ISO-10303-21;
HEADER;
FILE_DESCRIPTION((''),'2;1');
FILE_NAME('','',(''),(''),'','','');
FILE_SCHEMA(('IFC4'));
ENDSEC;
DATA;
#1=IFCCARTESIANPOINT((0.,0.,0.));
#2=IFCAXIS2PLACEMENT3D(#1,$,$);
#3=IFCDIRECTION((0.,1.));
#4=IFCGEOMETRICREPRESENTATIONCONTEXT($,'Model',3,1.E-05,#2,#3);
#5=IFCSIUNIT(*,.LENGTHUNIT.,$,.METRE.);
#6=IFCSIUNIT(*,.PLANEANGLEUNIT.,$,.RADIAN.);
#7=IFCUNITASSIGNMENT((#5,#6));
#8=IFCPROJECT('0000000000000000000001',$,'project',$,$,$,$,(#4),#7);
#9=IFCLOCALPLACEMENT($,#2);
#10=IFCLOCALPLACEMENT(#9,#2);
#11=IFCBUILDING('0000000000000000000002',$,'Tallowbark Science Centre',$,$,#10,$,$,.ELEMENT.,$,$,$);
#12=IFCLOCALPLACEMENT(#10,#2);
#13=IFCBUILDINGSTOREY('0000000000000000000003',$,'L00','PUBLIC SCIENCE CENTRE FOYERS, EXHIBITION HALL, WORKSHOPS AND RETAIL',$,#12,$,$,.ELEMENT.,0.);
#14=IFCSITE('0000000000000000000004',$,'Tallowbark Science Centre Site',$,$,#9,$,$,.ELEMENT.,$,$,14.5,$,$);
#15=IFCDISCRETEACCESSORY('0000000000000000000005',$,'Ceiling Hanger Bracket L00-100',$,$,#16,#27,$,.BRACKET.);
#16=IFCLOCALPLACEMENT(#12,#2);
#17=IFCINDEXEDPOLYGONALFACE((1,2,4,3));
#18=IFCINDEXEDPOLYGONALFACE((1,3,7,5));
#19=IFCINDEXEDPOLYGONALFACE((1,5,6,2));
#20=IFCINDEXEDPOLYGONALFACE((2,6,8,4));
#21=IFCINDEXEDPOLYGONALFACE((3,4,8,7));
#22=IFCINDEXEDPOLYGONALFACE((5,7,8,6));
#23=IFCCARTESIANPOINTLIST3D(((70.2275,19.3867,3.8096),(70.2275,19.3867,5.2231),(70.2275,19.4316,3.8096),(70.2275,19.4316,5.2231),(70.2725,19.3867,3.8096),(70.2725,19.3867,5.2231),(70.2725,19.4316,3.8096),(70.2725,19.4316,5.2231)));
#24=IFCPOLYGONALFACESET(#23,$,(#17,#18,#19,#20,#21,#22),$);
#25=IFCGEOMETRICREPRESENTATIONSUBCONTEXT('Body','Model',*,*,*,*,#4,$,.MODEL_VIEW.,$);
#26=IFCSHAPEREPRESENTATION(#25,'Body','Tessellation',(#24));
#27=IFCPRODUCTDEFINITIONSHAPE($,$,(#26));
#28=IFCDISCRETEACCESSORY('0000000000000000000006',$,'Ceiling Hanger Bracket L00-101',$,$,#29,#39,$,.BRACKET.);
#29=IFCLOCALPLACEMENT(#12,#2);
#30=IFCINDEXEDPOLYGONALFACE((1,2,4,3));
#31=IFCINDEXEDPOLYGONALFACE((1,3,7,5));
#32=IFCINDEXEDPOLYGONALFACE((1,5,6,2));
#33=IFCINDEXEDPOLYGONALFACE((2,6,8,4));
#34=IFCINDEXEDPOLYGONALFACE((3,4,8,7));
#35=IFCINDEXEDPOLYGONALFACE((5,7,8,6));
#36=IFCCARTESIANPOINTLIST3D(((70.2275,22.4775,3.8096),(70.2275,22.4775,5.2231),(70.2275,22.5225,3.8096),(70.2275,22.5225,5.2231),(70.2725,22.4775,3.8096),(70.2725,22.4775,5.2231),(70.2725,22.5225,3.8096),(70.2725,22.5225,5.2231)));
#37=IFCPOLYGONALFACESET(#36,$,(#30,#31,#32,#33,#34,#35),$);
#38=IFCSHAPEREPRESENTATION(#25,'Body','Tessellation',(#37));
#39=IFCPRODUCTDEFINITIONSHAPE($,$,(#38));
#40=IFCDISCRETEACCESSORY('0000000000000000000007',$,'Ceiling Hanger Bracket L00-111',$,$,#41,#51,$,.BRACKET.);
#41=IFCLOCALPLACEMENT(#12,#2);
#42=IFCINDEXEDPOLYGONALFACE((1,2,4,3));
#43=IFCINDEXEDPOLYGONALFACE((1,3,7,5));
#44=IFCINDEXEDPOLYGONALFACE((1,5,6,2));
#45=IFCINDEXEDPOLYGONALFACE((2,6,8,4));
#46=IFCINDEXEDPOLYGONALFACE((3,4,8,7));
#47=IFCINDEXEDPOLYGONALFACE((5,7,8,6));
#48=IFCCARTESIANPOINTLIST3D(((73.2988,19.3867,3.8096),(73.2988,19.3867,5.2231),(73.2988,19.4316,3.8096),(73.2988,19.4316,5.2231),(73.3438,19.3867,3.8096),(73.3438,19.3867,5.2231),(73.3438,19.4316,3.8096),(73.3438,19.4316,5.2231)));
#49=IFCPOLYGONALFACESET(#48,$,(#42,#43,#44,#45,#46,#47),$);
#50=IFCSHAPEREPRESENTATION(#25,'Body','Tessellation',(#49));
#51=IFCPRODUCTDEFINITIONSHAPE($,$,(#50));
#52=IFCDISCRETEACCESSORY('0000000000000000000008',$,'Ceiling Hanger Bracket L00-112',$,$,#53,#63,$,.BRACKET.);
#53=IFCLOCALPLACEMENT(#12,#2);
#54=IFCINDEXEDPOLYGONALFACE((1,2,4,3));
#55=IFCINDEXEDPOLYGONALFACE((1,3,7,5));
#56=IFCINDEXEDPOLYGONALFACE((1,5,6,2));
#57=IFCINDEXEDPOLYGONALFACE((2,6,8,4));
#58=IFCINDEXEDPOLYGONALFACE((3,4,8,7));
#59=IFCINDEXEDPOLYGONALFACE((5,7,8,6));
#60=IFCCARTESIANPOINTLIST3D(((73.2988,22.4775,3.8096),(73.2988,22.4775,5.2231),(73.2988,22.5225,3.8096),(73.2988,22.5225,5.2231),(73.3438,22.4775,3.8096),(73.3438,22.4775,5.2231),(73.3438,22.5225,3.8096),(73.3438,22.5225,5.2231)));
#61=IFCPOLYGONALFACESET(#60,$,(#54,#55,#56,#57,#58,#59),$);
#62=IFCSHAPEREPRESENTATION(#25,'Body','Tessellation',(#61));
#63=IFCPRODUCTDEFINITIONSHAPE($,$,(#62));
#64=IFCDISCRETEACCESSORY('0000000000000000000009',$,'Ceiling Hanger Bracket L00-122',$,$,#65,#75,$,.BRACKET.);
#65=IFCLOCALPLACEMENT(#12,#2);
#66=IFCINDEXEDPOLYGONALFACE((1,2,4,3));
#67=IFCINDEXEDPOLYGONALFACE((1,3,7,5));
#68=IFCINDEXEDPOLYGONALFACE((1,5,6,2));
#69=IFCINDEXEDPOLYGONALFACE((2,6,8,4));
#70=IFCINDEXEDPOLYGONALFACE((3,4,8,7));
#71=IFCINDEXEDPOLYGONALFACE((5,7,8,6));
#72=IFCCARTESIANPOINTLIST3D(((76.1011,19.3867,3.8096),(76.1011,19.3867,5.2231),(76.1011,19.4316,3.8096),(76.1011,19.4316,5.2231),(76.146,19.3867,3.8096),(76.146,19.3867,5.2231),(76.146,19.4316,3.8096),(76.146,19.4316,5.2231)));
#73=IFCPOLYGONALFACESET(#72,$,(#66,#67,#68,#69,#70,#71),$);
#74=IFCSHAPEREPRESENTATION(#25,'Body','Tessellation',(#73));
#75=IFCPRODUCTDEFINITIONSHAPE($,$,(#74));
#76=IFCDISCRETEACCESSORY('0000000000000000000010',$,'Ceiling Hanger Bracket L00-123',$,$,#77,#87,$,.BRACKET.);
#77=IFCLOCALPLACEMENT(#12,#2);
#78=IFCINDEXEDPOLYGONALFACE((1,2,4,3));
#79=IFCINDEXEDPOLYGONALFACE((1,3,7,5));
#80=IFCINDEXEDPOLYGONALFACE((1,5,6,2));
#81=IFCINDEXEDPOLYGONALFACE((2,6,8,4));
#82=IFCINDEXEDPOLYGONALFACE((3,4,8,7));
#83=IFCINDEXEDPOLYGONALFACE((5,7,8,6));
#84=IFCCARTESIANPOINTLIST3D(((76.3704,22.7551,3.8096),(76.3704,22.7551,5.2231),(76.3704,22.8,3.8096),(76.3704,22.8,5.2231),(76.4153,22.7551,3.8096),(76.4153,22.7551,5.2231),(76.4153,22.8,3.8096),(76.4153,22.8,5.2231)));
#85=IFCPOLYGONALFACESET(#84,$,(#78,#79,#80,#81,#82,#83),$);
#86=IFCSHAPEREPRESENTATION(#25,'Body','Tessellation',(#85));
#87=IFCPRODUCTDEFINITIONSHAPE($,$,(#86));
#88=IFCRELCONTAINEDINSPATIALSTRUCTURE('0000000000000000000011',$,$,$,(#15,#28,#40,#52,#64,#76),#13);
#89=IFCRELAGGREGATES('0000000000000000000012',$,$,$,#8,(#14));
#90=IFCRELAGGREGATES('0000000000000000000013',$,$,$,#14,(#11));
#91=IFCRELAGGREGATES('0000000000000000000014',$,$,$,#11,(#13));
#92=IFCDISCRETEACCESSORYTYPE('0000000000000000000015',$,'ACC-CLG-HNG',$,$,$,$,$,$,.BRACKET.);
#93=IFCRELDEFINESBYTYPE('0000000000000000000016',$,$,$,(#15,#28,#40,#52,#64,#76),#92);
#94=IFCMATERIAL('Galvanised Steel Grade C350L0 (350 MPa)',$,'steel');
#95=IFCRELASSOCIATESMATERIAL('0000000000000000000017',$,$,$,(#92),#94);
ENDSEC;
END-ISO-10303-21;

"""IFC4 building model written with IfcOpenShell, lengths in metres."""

from ifc_helpers import new_model, si_unit, direction, frame, origin, origin_2d, place, context, subcontext, project, spatial, rectangle, extrude, material, type_object, element, save


model = new_model("IFC4")

# Units and contexts
model_context = context("Model", 3, precision=1e-05, world=origin(), true_north=direction((0.0, 1.0)))
body_context = subcontext(model_context, "Body", "Model", "MODEL_VIEW")
ifc_project = project(units=[si_unit("LENGTHUNIT", "METRE"), si_unit("PLANEANGLEUNIT", "RADIAN")], contexts=[model_context])

# Site, building, storey
site_placement = place(None, origin())
site = spatial("IfcSite", under=ifc_project, at=site_placement, Name="Tallowbark Science Centre Site", CompositionType="ELEMENT", RefElevation=14.5)
building_placement = place(site_placement, origin())
building = spatial("IfcBuilding", under=site, at=building_placement, Name="Tallowbark Science Centre", CompositionType="ELEMENT")
storey_placement = place(building_placement, origin())
storey = spatial("IfcBuildingStorey", under=building, at=storey_placement, Name="L00", Description="PUBLIC SCIENCE CENTRE FOYERS, EXHIBITION HALL, WORKSHOPS AND RETAIL", CompositionType="ELEMENT", Elevation=0.0)

# Discrete accessories
ifc_material_1 = material(Name="Galvanised Steel Grade C350L0 (350 MPa)", Category="steel")
discrete_accessory_type = type_object("IfcDiscreteAccessoryType", Name="ACC-CLG-HNG", PredefinedType="BRACKET", material=ifc_material_1)
for number, where, z_axis, x_axis, name in (
    (1, (70.25, 19.4092, 3.8096), (0.0, 0.0, 1.0), (1.0, 0.0, 0.0), "Ceiling Hanger Bracket L00-100"),
    (2, (70.25, 22.5, 3.8096), (0.0, 0.0, 1.0), (1.0, 0.0, 0.0), "Ceiling Hanger Bracket L00-101"),
    (3, (73.3213, 19.4092, 3.8096), (0.0, 0.0, 1.0), (1.0, 0.0, 0.0), "Ceiling Hanger Bracket L00-111"),
    (4, (73.3213, 22.5, 3.8096), (0.0, 0.0, 1.0), (1.0, 0.0, 0.0), "Ceiling Hanger Bracket L00-112"),
    (5, (76.1235, 19.4092, 3.8096), (0.0, 0.0, 1.0), (1.0, 0.0, 0.0), "Ceiling Hanger Bracket L00-122"),
    (6, (76.3928, 22.7776, 3.8096), (0.0, 0.0, 1.0), (1.0, 0.0, 0.0), "Ceiling Hanger Bracket L00-123"),
):
    element("IfcDiscreteAccessory", number, at=place(storey_placement, frame(where, z_axis=z_axis, x_axis=x_axis)), inside=storey, type_object=discrete_accessory_type, Name=name, PredefinedType="BRACKET", context=body_context, shape_type="SweptSolid", body=[
        extrude(rectangle(XDim=0.0449, YDim=0.0449, at=origin_2d()), origin(), (0.0, 0.0, 1.0), 1.4136),
    ])

save(model, "model.ifc")
